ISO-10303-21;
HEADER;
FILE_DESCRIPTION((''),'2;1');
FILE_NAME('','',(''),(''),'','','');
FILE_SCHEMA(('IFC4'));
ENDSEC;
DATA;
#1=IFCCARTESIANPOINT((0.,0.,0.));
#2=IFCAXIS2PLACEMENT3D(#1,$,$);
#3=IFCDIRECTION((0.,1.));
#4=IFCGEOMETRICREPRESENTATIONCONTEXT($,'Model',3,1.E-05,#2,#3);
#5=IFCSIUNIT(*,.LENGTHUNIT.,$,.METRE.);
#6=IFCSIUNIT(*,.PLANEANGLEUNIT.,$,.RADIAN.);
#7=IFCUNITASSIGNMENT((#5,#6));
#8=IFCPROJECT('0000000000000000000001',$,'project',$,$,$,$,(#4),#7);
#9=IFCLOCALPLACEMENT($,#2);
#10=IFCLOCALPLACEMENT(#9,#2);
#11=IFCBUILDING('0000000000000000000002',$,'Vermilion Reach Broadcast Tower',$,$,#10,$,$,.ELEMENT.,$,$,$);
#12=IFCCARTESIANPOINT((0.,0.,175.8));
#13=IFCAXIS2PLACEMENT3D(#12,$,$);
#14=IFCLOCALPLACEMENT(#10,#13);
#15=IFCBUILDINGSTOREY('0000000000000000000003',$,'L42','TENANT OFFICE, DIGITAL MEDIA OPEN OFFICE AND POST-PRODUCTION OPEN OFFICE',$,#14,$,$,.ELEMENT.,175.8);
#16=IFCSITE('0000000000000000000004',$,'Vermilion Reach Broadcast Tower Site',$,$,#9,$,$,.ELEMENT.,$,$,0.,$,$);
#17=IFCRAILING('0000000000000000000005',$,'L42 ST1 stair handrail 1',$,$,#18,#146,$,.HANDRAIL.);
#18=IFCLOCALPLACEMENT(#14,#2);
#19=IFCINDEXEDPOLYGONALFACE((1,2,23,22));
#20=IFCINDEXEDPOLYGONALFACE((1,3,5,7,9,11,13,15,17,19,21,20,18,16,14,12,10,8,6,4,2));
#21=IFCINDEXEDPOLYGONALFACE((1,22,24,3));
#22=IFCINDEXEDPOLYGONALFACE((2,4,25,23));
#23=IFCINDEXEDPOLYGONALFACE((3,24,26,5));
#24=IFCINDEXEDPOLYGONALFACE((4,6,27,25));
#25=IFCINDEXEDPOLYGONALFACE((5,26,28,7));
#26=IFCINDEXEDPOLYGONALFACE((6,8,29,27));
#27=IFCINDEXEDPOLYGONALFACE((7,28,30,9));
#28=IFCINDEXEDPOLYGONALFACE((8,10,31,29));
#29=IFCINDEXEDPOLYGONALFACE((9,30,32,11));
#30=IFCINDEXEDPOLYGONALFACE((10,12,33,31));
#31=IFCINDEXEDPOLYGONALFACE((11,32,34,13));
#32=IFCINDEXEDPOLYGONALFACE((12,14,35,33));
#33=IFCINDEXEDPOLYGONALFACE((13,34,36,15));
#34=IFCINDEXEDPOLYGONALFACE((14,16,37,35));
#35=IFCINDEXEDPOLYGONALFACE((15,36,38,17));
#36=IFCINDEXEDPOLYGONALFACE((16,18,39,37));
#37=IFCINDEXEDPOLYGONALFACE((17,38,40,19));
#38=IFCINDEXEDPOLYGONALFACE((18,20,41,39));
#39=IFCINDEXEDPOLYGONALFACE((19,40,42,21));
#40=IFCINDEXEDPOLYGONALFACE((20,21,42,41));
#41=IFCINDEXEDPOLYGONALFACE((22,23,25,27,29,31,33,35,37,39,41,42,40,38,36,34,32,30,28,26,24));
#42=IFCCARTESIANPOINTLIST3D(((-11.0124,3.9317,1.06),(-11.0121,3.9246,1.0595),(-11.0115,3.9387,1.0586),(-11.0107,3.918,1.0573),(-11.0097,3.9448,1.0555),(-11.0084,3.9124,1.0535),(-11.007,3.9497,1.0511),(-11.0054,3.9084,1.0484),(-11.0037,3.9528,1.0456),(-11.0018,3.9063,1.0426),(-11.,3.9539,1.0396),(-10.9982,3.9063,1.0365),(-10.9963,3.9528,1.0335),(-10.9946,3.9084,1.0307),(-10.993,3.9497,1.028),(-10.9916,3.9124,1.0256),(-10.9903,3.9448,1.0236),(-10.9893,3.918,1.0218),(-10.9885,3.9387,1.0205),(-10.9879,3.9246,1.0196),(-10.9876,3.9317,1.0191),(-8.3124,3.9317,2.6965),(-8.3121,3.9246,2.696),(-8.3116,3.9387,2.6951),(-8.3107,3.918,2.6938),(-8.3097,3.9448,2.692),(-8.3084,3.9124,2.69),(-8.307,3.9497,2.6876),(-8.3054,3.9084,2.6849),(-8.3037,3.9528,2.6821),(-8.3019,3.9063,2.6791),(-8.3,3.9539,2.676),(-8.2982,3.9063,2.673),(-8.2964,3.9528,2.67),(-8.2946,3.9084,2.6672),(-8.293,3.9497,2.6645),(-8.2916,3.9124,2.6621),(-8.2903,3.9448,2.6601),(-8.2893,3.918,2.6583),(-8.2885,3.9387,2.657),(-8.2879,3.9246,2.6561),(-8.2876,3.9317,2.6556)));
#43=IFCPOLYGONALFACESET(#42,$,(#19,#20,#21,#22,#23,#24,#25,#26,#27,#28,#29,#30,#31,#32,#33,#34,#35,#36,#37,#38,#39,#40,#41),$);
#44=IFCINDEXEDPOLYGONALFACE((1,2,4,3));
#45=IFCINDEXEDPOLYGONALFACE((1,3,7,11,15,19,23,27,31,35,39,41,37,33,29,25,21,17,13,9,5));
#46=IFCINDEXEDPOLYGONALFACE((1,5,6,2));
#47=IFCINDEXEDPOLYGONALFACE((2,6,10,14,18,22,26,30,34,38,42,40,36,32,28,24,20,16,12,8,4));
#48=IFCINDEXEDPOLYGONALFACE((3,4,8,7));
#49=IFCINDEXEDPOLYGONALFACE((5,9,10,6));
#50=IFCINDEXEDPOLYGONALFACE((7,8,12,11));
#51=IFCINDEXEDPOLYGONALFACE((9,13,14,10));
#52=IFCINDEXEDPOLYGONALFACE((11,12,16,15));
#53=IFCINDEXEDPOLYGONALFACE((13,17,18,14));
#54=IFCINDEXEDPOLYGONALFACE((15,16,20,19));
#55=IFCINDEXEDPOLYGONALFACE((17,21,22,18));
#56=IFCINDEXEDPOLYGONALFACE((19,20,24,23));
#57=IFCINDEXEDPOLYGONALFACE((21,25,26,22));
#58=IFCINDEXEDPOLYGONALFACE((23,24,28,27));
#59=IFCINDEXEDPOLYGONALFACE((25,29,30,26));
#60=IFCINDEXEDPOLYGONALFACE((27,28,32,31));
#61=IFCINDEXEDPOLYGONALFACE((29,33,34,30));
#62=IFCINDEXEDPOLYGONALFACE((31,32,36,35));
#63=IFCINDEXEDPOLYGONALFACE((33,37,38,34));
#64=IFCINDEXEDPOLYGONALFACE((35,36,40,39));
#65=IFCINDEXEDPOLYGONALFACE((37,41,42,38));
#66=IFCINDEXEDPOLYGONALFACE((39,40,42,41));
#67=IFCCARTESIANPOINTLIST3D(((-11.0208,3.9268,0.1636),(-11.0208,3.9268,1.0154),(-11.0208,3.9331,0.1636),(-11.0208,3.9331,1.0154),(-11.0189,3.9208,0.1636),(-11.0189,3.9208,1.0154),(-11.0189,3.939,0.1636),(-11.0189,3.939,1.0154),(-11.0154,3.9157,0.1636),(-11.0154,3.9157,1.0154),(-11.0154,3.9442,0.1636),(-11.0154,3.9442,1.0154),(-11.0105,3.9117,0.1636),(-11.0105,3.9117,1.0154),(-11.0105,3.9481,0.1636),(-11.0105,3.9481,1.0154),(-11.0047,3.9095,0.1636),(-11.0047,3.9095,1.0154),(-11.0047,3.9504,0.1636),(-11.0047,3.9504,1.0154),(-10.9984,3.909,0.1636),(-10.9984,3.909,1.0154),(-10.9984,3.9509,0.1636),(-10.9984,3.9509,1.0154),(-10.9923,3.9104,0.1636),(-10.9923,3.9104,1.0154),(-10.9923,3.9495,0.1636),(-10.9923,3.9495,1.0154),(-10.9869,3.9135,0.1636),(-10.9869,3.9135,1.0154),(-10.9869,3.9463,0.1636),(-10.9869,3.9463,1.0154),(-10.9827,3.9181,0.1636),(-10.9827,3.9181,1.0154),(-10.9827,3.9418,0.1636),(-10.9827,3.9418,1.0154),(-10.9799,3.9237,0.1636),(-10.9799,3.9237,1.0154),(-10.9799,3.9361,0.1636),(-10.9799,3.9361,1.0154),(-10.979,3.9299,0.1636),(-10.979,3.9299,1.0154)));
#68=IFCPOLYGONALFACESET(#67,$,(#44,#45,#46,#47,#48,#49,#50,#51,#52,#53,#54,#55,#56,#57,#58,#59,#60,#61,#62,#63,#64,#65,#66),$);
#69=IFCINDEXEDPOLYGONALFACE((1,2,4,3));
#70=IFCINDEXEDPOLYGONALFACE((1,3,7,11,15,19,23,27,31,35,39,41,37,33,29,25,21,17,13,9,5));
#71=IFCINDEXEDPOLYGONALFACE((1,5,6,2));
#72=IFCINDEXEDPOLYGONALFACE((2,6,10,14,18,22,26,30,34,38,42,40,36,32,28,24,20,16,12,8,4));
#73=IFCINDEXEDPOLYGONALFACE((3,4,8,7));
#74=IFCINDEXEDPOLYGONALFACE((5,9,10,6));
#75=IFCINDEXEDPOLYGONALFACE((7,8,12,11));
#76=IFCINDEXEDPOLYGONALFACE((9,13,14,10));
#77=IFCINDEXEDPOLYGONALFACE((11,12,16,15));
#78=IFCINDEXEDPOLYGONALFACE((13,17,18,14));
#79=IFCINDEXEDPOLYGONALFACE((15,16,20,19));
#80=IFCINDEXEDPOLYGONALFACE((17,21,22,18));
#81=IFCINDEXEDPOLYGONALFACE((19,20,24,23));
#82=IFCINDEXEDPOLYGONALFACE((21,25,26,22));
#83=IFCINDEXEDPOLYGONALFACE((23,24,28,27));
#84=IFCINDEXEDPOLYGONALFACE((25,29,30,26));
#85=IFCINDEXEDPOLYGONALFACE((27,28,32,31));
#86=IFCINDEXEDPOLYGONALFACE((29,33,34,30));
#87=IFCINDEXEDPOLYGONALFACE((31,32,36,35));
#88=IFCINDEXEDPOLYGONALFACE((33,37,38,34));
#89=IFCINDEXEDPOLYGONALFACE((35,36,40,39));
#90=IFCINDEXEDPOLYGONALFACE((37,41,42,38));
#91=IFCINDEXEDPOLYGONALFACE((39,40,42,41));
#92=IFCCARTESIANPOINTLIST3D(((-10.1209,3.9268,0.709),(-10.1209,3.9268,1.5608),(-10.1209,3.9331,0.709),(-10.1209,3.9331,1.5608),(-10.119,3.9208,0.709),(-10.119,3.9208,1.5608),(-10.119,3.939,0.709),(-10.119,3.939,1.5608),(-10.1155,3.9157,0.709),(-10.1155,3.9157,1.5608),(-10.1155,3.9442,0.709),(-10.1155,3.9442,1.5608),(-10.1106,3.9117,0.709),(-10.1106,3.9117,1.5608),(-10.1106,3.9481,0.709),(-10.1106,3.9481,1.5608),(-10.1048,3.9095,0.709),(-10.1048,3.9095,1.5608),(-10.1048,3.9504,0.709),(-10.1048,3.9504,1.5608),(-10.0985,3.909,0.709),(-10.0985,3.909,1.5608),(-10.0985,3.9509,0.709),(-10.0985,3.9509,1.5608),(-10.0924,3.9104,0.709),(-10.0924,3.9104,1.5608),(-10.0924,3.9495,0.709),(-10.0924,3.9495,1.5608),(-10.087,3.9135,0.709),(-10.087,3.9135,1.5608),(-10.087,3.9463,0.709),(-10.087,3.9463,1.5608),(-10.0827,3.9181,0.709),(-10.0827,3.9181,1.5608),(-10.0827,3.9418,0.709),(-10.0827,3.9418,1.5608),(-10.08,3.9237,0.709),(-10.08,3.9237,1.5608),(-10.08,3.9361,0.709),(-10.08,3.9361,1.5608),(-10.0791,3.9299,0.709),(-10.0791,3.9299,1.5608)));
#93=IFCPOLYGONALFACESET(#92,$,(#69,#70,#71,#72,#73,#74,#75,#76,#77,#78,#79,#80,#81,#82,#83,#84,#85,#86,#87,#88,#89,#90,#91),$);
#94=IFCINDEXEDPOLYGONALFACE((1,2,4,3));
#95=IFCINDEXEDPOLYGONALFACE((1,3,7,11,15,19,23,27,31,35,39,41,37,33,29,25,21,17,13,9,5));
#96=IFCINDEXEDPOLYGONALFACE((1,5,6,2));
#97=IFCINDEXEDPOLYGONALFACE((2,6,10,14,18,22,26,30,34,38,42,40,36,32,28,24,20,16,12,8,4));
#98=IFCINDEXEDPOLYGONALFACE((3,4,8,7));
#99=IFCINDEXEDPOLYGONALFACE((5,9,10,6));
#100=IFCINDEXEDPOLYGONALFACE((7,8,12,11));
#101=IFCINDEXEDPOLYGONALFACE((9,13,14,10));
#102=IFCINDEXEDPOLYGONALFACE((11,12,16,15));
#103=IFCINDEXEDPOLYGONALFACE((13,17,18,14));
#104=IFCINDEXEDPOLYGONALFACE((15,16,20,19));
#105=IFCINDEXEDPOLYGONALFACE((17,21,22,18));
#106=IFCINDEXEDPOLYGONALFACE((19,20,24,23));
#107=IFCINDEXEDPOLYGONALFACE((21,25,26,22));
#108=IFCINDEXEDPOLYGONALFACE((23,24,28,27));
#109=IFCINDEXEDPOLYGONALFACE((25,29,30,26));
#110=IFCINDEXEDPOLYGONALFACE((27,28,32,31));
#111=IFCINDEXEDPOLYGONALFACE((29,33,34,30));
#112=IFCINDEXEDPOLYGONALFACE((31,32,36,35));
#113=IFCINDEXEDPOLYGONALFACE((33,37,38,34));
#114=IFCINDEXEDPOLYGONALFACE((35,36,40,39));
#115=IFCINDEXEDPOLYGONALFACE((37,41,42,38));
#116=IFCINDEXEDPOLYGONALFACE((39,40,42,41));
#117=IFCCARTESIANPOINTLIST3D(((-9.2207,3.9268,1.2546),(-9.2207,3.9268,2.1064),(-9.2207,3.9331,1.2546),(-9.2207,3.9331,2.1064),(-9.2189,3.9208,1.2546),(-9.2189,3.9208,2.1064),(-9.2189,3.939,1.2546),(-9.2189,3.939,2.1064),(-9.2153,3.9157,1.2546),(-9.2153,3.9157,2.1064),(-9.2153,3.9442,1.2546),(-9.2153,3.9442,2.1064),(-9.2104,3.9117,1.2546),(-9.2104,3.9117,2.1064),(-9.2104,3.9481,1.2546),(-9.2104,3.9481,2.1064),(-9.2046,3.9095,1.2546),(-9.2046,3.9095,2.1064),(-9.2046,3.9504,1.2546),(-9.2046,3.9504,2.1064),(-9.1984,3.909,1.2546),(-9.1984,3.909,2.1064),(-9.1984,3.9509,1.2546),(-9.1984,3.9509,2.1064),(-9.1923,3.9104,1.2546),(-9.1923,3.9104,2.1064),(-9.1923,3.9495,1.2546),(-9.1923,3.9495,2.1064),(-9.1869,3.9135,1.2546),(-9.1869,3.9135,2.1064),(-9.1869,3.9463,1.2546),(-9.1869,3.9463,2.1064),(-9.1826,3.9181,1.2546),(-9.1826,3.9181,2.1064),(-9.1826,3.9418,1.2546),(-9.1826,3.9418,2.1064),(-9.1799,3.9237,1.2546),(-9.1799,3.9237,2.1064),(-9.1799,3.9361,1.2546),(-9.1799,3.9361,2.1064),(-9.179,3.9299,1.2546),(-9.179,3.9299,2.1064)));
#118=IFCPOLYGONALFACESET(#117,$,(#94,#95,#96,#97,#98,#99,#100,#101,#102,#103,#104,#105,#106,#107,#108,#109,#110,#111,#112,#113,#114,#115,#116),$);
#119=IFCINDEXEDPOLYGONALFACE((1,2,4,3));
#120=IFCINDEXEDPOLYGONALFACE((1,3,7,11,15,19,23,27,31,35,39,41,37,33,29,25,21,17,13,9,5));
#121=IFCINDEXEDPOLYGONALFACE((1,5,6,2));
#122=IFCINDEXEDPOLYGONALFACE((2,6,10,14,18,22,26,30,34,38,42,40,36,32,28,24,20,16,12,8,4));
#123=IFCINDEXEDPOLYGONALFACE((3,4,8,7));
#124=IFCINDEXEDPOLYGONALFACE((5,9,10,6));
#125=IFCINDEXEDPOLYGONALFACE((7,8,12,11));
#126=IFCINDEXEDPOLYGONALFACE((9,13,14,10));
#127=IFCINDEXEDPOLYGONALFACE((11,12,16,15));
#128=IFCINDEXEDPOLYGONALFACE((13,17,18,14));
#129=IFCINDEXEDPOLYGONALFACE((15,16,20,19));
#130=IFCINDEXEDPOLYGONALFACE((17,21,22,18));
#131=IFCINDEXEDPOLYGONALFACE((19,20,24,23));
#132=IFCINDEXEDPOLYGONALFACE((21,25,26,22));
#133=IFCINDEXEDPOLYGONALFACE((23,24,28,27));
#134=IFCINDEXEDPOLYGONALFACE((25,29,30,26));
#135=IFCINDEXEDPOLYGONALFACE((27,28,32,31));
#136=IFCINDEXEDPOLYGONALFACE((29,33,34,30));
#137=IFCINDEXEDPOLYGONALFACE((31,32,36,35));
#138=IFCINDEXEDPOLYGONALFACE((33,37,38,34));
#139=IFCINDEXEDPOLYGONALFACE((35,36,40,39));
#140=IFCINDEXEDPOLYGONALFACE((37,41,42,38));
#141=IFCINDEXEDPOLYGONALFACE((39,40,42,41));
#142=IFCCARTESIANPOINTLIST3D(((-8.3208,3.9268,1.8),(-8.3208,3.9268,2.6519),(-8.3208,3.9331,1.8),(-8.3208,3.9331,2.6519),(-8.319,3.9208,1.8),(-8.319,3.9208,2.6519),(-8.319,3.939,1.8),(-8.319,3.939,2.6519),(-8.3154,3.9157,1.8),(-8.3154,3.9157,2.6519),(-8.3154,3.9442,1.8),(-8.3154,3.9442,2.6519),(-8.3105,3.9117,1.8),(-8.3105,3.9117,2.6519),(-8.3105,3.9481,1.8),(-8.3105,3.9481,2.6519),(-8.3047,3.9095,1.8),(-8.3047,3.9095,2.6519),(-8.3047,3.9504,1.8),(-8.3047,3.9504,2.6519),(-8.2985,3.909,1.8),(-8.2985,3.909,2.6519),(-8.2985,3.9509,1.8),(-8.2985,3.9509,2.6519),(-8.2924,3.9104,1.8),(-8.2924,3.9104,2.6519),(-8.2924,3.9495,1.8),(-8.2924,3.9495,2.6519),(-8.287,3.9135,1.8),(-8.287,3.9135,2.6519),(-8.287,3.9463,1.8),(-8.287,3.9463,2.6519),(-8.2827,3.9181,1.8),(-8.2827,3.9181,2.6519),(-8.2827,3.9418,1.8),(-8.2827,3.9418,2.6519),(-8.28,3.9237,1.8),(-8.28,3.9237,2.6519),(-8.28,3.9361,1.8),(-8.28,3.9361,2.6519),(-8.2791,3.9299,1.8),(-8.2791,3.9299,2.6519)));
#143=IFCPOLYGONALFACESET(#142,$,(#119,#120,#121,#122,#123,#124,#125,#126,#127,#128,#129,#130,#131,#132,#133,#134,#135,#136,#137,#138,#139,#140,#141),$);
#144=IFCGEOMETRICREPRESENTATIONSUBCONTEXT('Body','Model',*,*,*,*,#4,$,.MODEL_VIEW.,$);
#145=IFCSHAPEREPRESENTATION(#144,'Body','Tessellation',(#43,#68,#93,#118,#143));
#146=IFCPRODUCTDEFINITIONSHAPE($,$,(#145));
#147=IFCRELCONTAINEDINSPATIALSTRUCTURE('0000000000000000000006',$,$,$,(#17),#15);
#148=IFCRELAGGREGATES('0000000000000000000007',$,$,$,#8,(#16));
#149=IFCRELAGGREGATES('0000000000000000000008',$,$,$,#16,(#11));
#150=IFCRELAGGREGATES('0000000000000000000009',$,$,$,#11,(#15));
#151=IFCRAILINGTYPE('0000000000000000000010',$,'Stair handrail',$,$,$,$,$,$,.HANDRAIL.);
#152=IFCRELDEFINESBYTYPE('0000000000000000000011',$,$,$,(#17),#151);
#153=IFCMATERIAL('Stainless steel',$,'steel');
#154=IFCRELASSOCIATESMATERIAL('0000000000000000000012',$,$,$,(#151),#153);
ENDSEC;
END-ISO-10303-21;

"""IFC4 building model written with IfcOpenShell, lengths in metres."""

from ifc_helpers import new_model, si_unit, direction, frame, origin, origin_2d, place, context, subcontext, project, spatial, circle, extrude, material, type_object, element, save


model = new_model("IFC4")

# Units and contexts
model_context = context("Model", 3, precision=1e-05, world=origin(), true_north=direction((0.0, 1.0)))
body_context = subcontext(model_context, "Body", "Model", "MODEL_VIEW")
ifc_project = project(units=[si_unit("LENGTHUNIT", "METRE"), si_unit("PLANEANGLEUNIT", "RADIAN")], contexts=[model_context])

# Site, building, storey
site_placement = place(None, origin())
site = spatial("IfcSite", under=ifc_project, at=site_placement, Name="Vermilion Reach Broadcast Tower Site", CompositionType="ELEMENT", RefElevation=0.0)
building_placement = place(site_placement, origin())
building = spatial("IfcBuilding", under=site, at=building_placement, Name="Vermilion Reach Broadcast Tower", CompositionType="ELEMENT")
storey_placement = place(building_placement, frame((0.0, 0.0, 175.8)))
storey = spatial("IfcBuildingStorey", under=building, at=storey_placement, Name="L42", Description="TENANT OFFICE, DIGITAL MEDIA OPEN OFFICE AND POST-PRODUCTION OPEN OFFICE", CompositionType="ELEMENT", Elevation=175.8)

# Railing
ifc_material_1 = material(Name="Stainless steel", Category="steel")
railing_type_1 = type_object("IfcRailingType", Name="Stair handrail", PredefinedType="HANDRAIL", material=ifc_material_1)
railing_1_placement = place(storey_placement, frame((-11.0, 3.9299, 0.1636)))
element("IfcRailing", 1, at=railing_1_placement, inside=storey, type_object=railing_type_1, Name="L42 ST1 stair handrail 1", PredefinedType="HANDRAIL", context=body_context, shape_type="SweptSolid", body=[
    extrude(circle(Radius=0.0239, at=origin_2d()), frame((0.0, 0.0, 0.876), z_axis=(0.855178, 0.0, 0.518334), x_axis=(0.0, 1.0, 0.0)), (0.0, 0.0, 1.0), 3.1572),
    extrude(circle(Radius=0.021, at=origin_2d()), origin(), (0.0, 0.0, 1.0), 0.8518),
    extrude(circle(Radius=0.021, at=origin_2d()), frame((0.8999, 0.0, 0.5454)), (0.0, 0.0, 1.0), 0.8518),
    extrude(circle(Radius=0.021, at=origin_2d()), frame((1.8, 0.0, 1.0911)), (0.0, 0.0, 1.0), 0.8518),
    extrude(circle(Radius=0.021, at=origin_2d()), frame((2.7, 0.0, 1.6365)), (0.0, 0.0, 1.0), 0.8518),
])

save(model, "model.ifc")
